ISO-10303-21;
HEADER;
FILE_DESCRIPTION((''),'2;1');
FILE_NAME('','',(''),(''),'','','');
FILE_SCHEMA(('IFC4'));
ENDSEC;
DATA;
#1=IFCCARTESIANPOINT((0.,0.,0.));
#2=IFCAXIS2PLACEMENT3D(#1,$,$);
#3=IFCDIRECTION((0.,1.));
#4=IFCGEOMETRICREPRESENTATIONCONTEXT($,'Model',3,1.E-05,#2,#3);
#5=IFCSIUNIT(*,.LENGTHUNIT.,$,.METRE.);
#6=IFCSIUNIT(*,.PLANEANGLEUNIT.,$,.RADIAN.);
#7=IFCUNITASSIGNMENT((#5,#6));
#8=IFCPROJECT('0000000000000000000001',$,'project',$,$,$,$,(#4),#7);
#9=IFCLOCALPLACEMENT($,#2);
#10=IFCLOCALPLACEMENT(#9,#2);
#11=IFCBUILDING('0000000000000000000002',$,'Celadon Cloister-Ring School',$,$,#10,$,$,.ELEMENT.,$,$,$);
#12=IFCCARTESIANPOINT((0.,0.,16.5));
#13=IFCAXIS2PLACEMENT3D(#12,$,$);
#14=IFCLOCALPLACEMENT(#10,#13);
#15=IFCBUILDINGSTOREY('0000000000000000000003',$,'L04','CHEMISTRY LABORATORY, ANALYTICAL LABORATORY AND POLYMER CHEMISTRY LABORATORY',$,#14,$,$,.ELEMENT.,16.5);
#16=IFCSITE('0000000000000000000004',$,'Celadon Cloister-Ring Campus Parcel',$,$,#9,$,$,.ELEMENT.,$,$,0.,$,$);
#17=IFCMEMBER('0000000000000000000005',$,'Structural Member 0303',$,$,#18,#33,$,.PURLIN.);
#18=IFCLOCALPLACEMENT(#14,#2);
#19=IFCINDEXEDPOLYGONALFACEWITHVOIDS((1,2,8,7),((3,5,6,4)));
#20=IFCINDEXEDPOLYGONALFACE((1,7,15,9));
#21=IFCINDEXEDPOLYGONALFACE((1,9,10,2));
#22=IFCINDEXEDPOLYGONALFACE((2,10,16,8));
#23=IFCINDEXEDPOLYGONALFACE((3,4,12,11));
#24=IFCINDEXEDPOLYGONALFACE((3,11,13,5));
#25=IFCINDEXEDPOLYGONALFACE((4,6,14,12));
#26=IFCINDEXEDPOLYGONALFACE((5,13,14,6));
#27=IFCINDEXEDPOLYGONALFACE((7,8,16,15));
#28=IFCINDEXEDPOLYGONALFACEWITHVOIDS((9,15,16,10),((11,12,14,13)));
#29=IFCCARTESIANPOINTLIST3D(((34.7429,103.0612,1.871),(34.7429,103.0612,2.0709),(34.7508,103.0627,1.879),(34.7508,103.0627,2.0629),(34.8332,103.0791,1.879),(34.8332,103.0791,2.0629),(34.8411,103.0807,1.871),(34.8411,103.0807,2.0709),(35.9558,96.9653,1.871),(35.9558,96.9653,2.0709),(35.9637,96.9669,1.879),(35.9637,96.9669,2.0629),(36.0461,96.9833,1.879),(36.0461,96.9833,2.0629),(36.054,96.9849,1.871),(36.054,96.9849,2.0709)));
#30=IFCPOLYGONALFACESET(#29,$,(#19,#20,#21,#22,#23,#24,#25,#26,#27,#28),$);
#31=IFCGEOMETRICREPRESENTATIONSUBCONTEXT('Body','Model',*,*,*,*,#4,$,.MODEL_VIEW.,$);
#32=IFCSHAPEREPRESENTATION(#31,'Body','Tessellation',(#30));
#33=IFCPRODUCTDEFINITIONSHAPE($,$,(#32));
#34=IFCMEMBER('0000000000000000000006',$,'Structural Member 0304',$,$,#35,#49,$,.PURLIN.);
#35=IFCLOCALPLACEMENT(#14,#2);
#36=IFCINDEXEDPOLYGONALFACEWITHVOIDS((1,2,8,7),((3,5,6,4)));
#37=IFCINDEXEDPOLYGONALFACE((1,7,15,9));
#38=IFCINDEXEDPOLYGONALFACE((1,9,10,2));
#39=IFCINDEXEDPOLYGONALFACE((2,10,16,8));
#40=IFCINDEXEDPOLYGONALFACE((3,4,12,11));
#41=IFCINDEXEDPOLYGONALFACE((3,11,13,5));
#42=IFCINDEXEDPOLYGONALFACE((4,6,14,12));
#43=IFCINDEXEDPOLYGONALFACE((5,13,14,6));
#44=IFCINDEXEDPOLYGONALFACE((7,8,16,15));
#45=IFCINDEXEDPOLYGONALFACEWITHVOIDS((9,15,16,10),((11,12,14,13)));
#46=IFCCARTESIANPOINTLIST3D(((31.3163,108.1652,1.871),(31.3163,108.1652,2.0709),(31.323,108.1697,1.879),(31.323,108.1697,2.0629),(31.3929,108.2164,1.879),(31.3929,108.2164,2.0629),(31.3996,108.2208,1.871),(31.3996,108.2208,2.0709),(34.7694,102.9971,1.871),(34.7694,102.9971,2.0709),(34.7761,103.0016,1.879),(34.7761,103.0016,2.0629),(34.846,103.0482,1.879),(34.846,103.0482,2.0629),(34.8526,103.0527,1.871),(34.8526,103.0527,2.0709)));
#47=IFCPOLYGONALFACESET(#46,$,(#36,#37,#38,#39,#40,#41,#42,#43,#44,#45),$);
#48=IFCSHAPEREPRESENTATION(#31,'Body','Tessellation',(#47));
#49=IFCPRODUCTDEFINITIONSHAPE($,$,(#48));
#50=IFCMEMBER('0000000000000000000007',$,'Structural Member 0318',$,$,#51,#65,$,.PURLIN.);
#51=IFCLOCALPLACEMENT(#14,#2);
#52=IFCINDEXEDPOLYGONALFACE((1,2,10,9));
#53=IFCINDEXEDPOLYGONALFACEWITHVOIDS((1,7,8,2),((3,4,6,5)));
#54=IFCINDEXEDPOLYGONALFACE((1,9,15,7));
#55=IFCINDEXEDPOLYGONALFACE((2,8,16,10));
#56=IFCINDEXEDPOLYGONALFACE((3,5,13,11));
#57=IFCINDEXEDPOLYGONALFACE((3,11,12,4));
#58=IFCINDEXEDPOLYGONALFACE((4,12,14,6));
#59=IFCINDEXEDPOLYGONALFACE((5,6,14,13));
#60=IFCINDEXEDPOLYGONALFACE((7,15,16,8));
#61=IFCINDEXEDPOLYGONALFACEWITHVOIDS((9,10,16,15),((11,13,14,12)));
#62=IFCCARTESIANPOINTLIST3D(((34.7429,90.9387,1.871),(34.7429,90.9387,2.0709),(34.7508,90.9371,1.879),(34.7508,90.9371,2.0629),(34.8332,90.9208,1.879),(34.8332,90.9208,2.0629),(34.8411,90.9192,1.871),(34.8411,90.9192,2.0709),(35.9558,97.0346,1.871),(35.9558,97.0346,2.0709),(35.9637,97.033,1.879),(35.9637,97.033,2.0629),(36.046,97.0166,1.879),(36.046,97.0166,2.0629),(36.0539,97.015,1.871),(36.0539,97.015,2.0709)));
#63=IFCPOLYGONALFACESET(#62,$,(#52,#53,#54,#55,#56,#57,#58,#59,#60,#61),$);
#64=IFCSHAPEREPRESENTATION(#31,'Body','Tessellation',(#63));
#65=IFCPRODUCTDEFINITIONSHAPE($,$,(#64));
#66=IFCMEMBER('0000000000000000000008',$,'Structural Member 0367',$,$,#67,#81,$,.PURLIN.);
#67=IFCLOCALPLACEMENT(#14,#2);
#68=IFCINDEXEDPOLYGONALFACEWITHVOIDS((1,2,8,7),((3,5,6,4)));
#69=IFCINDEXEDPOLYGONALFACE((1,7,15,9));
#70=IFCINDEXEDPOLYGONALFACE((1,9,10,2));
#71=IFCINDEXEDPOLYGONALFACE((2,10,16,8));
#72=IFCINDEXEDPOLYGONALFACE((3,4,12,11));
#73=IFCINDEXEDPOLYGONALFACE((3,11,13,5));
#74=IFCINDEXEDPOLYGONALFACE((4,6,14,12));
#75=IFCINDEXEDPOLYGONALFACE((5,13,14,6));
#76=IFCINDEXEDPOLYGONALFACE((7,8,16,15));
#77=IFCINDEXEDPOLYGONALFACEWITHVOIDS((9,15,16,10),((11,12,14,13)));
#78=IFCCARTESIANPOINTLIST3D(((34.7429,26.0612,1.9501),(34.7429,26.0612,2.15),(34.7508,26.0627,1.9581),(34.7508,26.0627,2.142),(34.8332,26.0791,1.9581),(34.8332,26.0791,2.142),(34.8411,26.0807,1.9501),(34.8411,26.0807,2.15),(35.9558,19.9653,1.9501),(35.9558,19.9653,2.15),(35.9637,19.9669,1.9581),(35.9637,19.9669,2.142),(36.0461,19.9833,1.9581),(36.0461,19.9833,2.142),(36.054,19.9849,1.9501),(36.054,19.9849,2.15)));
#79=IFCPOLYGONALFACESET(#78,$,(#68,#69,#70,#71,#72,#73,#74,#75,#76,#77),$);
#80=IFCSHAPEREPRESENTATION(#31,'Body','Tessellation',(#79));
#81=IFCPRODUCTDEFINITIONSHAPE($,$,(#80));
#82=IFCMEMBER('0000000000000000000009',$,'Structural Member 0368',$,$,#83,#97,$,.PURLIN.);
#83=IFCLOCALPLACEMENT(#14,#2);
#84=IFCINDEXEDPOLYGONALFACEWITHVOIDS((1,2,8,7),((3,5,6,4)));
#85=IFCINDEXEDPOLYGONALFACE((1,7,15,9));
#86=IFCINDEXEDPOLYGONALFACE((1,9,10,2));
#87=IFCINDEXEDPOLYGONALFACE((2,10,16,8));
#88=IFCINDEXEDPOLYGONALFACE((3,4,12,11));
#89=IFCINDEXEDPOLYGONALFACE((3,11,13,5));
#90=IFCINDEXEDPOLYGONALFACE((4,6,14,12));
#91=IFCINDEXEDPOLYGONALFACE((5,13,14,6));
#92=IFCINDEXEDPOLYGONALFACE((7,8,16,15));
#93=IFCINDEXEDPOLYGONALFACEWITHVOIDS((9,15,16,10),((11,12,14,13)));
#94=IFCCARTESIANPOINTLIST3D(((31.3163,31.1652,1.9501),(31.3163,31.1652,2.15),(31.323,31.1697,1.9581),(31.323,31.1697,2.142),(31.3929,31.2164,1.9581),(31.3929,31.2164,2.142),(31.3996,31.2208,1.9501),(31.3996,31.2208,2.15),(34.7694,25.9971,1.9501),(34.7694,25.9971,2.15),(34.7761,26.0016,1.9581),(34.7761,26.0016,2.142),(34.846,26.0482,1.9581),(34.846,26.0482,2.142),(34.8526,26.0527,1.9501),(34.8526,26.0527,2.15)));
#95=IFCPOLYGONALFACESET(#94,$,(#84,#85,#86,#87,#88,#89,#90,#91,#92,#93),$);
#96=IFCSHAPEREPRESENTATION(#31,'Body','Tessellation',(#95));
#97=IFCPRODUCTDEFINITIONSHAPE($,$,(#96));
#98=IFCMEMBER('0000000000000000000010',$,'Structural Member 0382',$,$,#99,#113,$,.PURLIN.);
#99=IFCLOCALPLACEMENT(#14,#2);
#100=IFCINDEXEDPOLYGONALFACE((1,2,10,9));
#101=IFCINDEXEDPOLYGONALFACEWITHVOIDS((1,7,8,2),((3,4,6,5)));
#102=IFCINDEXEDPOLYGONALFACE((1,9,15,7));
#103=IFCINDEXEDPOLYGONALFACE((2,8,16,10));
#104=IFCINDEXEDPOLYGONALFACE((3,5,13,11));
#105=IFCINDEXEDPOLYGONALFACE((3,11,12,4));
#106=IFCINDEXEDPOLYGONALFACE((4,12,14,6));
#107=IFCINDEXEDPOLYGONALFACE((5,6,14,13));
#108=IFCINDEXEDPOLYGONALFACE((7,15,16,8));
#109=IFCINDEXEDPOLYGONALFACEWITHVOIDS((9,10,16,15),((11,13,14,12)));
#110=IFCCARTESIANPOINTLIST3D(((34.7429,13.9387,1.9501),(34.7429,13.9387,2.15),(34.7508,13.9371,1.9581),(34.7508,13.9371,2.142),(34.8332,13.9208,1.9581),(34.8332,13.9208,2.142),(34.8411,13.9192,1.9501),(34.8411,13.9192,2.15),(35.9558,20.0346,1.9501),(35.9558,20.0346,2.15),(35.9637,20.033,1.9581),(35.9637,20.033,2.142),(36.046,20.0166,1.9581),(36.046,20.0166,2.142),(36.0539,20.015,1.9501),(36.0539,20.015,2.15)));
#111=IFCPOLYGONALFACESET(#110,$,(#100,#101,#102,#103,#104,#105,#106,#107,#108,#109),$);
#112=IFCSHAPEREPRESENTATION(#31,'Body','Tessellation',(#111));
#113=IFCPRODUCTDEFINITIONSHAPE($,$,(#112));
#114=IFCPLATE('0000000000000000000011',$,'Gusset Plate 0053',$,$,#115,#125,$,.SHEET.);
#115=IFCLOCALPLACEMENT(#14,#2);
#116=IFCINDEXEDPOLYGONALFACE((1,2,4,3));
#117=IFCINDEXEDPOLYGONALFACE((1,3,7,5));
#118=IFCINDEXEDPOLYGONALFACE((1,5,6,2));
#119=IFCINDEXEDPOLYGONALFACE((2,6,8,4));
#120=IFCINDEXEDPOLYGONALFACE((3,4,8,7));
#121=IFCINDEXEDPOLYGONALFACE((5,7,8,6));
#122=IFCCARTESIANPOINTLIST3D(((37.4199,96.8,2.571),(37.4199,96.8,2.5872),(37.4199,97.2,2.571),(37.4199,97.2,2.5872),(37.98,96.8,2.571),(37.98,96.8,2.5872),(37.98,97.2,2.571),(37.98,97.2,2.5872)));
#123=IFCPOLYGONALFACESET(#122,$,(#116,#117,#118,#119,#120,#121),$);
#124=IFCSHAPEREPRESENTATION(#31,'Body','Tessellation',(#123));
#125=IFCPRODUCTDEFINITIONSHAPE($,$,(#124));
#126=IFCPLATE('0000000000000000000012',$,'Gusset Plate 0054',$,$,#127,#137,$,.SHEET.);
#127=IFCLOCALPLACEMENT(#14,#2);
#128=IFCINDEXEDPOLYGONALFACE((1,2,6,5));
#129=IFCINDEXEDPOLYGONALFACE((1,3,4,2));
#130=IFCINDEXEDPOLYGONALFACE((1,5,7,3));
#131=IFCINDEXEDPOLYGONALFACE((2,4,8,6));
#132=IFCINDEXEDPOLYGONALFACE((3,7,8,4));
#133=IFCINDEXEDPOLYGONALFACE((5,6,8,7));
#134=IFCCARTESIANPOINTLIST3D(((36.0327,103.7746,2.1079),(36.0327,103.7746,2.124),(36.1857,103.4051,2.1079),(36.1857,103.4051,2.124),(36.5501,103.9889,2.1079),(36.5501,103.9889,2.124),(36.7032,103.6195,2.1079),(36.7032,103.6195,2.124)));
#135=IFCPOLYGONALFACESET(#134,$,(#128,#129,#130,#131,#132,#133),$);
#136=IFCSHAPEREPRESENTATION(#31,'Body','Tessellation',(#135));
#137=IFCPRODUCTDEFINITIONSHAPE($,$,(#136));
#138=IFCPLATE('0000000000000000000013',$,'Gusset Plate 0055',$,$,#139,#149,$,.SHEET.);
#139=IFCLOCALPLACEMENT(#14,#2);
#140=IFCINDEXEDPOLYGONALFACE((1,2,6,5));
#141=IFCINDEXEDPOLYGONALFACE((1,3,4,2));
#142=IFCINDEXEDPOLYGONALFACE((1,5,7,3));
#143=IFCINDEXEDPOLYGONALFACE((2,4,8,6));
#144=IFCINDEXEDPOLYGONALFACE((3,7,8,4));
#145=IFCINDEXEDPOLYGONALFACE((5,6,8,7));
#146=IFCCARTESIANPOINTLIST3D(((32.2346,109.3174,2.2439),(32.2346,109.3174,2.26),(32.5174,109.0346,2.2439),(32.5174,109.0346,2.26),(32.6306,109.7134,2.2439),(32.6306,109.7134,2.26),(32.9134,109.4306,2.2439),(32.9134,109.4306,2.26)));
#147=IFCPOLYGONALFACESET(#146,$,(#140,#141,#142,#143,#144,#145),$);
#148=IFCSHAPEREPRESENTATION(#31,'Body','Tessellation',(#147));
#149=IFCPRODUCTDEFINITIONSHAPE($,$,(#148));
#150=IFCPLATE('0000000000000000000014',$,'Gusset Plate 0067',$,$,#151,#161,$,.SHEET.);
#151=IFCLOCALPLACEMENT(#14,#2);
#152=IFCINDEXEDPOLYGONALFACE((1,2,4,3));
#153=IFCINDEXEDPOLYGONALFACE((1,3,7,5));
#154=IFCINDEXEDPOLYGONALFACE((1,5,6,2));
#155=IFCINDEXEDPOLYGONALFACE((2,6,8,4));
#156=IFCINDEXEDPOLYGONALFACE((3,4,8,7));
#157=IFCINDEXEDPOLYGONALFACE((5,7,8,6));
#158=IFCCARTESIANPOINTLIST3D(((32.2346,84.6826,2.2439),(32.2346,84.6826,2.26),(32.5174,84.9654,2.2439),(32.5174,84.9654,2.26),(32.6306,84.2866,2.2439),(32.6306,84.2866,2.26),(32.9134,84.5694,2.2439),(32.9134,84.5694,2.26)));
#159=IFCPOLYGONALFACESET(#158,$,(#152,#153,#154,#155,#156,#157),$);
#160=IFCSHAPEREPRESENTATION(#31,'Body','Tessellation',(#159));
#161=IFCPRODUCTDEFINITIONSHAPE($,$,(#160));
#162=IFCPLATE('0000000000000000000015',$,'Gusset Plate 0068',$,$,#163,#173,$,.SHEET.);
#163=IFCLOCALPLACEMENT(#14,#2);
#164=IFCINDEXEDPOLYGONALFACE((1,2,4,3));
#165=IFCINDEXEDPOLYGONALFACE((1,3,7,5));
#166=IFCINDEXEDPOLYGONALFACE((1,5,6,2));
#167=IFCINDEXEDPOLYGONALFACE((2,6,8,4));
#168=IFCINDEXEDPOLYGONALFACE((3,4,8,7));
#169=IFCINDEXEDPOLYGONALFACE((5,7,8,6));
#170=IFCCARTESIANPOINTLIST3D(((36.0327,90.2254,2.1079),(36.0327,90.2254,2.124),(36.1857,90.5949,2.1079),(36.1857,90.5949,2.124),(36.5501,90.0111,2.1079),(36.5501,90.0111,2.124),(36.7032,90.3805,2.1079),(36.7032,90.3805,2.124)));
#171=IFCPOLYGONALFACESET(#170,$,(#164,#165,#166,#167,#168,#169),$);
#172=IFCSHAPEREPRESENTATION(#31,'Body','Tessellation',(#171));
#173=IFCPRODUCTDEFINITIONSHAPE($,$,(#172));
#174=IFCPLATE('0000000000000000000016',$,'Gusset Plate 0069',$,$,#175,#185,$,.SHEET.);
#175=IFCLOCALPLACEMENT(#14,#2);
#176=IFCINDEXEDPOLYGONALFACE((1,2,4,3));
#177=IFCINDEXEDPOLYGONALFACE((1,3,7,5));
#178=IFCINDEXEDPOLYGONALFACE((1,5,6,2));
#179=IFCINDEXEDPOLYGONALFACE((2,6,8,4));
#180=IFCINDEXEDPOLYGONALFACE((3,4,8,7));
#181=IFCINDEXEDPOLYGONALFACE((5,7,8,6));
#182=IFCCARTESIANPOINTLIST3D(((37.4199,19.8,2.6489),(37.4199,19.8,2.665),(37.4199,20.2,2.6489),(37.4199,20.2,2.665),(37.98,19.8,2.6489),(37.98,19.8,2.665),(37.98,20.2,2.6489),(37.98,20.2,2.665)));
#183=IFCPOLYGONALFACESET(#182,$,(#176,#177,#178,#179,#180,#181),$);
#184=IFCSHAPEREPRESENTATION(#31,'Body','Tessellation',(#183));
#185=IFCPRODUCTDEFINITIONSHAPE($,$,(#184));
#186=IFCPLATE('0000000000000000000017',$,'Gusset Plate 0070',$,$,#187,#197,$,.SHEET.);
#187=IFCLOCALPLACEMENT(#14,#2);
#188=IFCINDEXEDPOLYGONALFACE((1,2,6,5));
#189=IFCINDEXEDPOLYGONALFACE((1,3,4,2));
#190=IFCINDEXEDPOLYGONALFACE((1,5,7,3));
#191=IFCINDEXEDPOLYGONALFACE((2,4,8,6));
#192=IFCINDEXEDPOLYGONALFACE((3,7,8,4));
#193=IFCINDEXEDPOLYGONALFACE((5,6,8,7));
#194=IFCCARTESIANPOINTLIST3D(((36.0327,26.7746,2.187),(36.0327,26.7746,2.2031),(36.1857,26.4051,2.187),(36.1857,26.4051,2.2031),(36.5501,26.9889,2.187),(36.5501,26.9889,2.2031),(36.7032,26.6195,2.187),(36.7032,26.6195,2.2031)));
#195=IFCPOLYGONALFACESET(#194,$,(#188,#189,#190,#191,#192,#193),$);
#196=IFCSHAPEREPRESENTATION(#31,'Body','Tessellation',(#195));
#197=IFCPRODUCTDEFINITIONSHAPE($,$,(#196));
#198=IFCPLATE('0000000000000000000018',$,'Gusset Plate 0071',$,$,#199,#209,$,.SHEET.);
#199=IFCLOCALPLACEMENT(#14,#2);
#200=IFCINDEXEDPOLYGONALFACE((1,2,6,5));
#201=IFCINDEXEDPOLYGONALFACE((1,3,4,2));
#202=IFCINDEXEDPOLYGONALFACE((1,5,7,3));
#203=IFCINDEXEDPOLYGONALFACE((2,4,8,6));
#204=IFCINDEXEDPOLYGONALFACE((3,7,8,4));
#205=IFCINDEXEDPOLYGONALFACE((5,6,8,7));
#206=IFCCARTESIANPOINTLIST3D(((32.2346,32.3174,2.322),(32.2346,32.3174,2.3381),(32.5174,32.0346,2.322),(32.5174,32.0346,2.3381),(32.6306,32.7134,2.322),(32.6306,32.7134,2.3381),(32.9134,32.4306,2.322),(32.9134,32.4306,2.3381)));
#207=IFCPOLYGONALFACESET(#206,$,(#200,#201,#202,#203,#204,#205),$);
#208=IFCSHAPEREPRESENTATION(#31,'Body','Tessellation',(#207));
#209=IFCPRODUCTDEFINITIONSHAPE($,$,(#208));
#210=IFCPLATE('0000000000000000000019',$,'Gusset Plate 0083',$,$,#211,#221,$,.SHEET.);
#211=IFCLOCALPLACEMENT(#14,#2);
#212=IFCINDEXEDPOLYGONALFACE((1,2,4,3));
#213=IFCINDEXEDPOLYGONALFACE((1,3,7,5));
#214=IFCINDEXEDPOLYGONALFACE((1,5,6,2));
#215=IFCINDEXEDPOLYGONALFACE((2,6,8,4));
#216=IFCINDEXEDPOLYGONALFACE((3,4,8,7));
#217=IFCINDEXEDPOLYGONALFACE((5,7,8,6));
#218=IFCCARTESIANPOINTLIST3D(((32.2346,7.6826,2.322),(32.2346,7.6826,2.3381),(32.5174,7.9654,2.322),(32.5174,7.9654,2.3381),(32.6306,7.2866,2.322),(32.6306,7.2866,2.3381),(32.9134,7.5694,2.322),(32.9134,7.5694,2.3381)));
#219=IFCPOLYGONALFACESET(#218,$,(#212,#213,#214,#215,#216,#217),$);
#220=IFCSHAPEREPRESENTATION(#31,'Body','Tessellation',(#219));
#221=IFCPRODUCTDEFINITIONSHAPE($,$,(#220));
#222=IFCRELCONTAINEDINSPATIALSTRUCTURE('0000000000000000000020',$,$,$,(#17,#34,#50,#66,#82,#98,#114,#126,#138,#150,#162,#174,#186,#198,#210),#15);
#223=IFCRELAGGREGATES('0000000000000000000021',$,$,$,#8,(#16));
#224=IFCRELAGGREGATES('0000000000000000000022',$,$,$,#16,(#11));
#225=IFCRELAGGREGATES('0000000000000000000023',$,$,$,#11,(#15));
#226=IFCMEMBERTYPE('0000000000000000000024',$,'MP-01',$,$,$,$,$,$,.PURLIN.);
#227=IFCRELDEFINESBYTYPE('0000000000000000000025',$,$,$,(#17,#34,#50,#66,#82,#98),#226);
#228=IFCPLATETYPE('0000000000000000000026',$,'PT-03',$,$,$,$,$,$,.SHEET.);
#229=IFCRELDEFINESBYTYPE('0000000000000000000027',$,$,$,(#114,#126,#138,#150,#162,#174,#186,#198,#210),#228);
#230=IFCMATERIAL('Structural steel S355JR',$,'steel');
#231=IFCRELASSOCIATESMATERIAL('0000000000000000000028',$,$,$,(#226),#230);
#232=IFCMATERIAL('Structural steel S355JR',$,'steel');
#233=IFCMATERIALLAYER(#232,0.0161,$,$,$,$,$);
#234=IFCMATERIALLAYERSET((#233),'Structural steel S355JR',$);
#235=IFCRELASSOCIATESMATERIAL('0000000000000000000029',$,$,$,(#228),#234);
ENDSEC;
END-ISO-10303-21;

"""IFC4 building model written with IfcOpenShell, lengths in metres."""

from ifc_helpers import new_model, si_unit, direction, frame, origin, origin_2d, place, context, subcontext, project, spatial, rectangle, hollow_rectangle, extrude, material, layer, layer_set, material_profile, profile_set, type_object, element, save


model = new_model("IFC4")

# Units and contexts
model_context = context("Model", 3, precision=1e-05, world=origin(), true_north=direction((0.0, 1.0)))
body_context = subcontext(model_context, "Body", "Model", "MODEL_VIEW")
ifc_project = project(units=[si_unit("LENGTHUNIT", "METRE"), si_unit("PLANEANGLEUNIT", "RADIAN")], contexts=[model_context])

# Site, building, storey
site_placement = place(None, origin())
site = spatial("IfcSite", under=ifc_project, at=site_placement, Name="Celadon Cloister-Ring Campus Parcel", CompositionType="ELEMENT", RefElevation=0.0)
building_placement = place(site_placement, origin())
building = spatial("IfcBuilding", under=site, at=building_placement, Name="Celadon Cloister-Ring School", CompositionType="ELEMENT")
storey_placement = place(building_placement, frame((0.0, 0.0, 16.5)))
storey = spatial("IfcBuildingStorey", under=building, at=storey_placement, Name="L04", Description="CHEMISTRY LABORATORY, ANALYTICAL LABORATORY AND POLYMER CHEMISTRY LABORATORY", CompositionType="ELEMENT", Elevation=16.5)

# Members
ifc_material_1 = material(Name="Structural steel S355JR", Category="steel")
ifc_material_profile = material_profile(ifc_material_1, hollow_rectangle(XDim=0.1001, YDim=0.2, WallThickness=0.0081, at=origin_2d()), Name="HSS200X100X8")
ifc_profile_set = profile_set([ifc_material_profile], Name="Structural steel S355JR")
member_type = type_object("IfcMemberType", Name="MP-01", PredefinedType="PURLIN", material=ifc_profile_set)
member_1_placement = place(storey_placement, frame((36.0049, 96.9751, 1.9709), z_axis=(-0.195142, 0.980775, 0.0), x_axis=(-0.980775, -0.195142, 0.0)))
element("IfcMember", 1, at=member_1_placement, inside=storey, type_object=member_type, Name="Structural Member 0303", PredefinedType="PURLIN", context=body_context, shape_type="SweptSolid", body=[
    extrude(hollow_rectangle(XDim=0.1001, YDim=0.2, WallThickness=0.0081, at=origin_2d()), origin(), (0.0, 0.0, 1.0), 6.2153),
])
member_2_placement = place(storey_placement, frame((34.811, 103.0249, 1.9709), z_axis=(-0.555552, 0.831482, 0.0), x_axis=(-0.831482, -0.555552, 0.0)))
element("IfcMember", 2, at=member_2_placement, inside=storey, type_object=member_type, Name="Structural Member 0304", PredefinedType="PURLIN", context=body_context, shape_type="SweptSolid", body=[
    extrude(hollow_rectangle(XDim=0.1001, YDim=0.2, WallThickness=0.0081, at=origin_2d()), origin(), (0.0, 0.0, 1.0), 6.2156),
])
for number, where, z_axis, x_axis, name in (
    (3, (34.792, 90.929, 1.9709), (0.195142, 0.980775, 0.0), (-0.980775, 0.195142, 0.0), "Structural Member 0318"),
    (4, (36.0049, 19.9751, 2.05), (-0.195142, 0.980775, 0.0), (-0.980775, -0.195142, 0.0), "Structural Member 0367"),
):
    element("IfcMember", number, at=place(storey_placement, frame(where, z_axis=z_axis, x_axis=x_axis)), inside=storey, type_object=member_type, Name=name, PredefinedType="PURLIN", context=body_context, shape_type="SweptSolid", body=[
        extrude(hollow_rectangle(XDim=0.1001, YDim=0.2, WallThickness=0.0081, at=origin_2d()), origin(), (0.0, 0.0, 1.0), 6.2153),
    ])
member_3_placement = place(storey_placement, frame((34.811, 26.0249, 2.05), z_axis=(-0.555552, 0.831482, 0.0), x_axis=(-0.831482, -0.555552, 0.0)))
element("IfcMember", 5, at=member_3_placement, inside=storey, type_object=member_type, Name="Structural Member 0368", PredefinedType="PURLIN", context=body_context, shape_type="SweptSolid", body=[
    extrude(hollow_rectangle(XDim=0.1001, YDim=0.2, WallThickness=0.0081, at=origin_2d()), origin(), (0.0, 0.0, 1.0), 6.2156),
])
member_4_placement = place(storey_placement, frame((34.792, 13.929, 2.05), z_axis=(0.195142, 0.980775, 0.0), x_axis=(-0.980775, 0.195142, 0.0)))
element("IfcMember", 6, at=member_4_placement, inside=storey, type_object=member_type, Name="Structural Member 0382", PredefinedType="PURLIN", context=body_context, shape_type="SweptSolid", body=[
    extrude(hollow_rectangle(XDim=0.1001, YDim=0.2, WallThickness=0.0081, at=origin_2d()), origin(), (0.0, 0.0, 1.0), 6.2153),
])

# Plates
ifc_material_2 = material(Name="Structural steel S355JR", Category="steel")
ifc_layer = layer(ifc_material_2, 0.0161)
ifc_layer_set = layer_set([ifc_layer], Name="Structural steel S355JR")
plate_type = type_object("IfcPlateType", Name="PT-03", PredefinedType="SHEET", material=ifc_layer_set)
for number, where, z_axis, x_axis, name in (
    (7, (37.7, 97.0, 2.571), (0.0, 0.0, 1.0), (1.0, 0.0, 0.0), "Gusset Plate 0053"),
    (8, (36.3679, 103.697, 2.1079), (0.0, 0.0, 1.0), (0.92388, 0.382683, 0.0), "Gusset Plate 0054"),
    (9, (32.574, 109.374, 2.2439), (0.0, 0.0, 1.0), (0.707107, 0.707107, 0.0), "Gusset Plate 0055"),
    (10, (32.574, 84.626, 2.2439), (0.0, 0.0, 1.0), (0.707107, -0.707107, 0.0), "Gusset Plate 0067"),
    (11, (36.3679, 90.303, 2.1079), (0.0, 0.0, 1.0), (0.92388, -0.382683, 0.0), "Gusset Plate 0068"),
    (12, (37.7, 20.0, 2.6489), (0.0, 0.0, 1.0), (1.0, 0.0, 0.0), "Gusset Plate 0069"),
    (13, (36.3679, 26.697, 2.187), (0.0, 0.0, 1.0), (0.92388, 0.382683, 0.0), "Gusset Plate 0070"),
    (14, (32.574, 32.374, 2.322), (0.0, 0.0, 1.0), (0.707107, 0.707107, 0.0), "Gusset Plate 0071"),
    (15, (32.574, 7.626, 2.322), (0.0, 0.0, 1.0), (0.707107, -0.707107, 0.0), "Gusset Plate 0083"),
):
    element("IfcPlate", number, at=place(storey_placement, frame(where, z_axis=z_axis, x_axis=x_axis)), inside=storey, type_object=plate_type, Name=name, PredefinedType="SHEET", context=body_context, shape_type="SweptSolid", body=[
        extrude(rectangle(XDim=0.5601, YDim=0.3999, at=origin_2d()), origin(), (0.0, 0.0, 1.0), 0.0161),
    ])

save(model, "model.ifc")
